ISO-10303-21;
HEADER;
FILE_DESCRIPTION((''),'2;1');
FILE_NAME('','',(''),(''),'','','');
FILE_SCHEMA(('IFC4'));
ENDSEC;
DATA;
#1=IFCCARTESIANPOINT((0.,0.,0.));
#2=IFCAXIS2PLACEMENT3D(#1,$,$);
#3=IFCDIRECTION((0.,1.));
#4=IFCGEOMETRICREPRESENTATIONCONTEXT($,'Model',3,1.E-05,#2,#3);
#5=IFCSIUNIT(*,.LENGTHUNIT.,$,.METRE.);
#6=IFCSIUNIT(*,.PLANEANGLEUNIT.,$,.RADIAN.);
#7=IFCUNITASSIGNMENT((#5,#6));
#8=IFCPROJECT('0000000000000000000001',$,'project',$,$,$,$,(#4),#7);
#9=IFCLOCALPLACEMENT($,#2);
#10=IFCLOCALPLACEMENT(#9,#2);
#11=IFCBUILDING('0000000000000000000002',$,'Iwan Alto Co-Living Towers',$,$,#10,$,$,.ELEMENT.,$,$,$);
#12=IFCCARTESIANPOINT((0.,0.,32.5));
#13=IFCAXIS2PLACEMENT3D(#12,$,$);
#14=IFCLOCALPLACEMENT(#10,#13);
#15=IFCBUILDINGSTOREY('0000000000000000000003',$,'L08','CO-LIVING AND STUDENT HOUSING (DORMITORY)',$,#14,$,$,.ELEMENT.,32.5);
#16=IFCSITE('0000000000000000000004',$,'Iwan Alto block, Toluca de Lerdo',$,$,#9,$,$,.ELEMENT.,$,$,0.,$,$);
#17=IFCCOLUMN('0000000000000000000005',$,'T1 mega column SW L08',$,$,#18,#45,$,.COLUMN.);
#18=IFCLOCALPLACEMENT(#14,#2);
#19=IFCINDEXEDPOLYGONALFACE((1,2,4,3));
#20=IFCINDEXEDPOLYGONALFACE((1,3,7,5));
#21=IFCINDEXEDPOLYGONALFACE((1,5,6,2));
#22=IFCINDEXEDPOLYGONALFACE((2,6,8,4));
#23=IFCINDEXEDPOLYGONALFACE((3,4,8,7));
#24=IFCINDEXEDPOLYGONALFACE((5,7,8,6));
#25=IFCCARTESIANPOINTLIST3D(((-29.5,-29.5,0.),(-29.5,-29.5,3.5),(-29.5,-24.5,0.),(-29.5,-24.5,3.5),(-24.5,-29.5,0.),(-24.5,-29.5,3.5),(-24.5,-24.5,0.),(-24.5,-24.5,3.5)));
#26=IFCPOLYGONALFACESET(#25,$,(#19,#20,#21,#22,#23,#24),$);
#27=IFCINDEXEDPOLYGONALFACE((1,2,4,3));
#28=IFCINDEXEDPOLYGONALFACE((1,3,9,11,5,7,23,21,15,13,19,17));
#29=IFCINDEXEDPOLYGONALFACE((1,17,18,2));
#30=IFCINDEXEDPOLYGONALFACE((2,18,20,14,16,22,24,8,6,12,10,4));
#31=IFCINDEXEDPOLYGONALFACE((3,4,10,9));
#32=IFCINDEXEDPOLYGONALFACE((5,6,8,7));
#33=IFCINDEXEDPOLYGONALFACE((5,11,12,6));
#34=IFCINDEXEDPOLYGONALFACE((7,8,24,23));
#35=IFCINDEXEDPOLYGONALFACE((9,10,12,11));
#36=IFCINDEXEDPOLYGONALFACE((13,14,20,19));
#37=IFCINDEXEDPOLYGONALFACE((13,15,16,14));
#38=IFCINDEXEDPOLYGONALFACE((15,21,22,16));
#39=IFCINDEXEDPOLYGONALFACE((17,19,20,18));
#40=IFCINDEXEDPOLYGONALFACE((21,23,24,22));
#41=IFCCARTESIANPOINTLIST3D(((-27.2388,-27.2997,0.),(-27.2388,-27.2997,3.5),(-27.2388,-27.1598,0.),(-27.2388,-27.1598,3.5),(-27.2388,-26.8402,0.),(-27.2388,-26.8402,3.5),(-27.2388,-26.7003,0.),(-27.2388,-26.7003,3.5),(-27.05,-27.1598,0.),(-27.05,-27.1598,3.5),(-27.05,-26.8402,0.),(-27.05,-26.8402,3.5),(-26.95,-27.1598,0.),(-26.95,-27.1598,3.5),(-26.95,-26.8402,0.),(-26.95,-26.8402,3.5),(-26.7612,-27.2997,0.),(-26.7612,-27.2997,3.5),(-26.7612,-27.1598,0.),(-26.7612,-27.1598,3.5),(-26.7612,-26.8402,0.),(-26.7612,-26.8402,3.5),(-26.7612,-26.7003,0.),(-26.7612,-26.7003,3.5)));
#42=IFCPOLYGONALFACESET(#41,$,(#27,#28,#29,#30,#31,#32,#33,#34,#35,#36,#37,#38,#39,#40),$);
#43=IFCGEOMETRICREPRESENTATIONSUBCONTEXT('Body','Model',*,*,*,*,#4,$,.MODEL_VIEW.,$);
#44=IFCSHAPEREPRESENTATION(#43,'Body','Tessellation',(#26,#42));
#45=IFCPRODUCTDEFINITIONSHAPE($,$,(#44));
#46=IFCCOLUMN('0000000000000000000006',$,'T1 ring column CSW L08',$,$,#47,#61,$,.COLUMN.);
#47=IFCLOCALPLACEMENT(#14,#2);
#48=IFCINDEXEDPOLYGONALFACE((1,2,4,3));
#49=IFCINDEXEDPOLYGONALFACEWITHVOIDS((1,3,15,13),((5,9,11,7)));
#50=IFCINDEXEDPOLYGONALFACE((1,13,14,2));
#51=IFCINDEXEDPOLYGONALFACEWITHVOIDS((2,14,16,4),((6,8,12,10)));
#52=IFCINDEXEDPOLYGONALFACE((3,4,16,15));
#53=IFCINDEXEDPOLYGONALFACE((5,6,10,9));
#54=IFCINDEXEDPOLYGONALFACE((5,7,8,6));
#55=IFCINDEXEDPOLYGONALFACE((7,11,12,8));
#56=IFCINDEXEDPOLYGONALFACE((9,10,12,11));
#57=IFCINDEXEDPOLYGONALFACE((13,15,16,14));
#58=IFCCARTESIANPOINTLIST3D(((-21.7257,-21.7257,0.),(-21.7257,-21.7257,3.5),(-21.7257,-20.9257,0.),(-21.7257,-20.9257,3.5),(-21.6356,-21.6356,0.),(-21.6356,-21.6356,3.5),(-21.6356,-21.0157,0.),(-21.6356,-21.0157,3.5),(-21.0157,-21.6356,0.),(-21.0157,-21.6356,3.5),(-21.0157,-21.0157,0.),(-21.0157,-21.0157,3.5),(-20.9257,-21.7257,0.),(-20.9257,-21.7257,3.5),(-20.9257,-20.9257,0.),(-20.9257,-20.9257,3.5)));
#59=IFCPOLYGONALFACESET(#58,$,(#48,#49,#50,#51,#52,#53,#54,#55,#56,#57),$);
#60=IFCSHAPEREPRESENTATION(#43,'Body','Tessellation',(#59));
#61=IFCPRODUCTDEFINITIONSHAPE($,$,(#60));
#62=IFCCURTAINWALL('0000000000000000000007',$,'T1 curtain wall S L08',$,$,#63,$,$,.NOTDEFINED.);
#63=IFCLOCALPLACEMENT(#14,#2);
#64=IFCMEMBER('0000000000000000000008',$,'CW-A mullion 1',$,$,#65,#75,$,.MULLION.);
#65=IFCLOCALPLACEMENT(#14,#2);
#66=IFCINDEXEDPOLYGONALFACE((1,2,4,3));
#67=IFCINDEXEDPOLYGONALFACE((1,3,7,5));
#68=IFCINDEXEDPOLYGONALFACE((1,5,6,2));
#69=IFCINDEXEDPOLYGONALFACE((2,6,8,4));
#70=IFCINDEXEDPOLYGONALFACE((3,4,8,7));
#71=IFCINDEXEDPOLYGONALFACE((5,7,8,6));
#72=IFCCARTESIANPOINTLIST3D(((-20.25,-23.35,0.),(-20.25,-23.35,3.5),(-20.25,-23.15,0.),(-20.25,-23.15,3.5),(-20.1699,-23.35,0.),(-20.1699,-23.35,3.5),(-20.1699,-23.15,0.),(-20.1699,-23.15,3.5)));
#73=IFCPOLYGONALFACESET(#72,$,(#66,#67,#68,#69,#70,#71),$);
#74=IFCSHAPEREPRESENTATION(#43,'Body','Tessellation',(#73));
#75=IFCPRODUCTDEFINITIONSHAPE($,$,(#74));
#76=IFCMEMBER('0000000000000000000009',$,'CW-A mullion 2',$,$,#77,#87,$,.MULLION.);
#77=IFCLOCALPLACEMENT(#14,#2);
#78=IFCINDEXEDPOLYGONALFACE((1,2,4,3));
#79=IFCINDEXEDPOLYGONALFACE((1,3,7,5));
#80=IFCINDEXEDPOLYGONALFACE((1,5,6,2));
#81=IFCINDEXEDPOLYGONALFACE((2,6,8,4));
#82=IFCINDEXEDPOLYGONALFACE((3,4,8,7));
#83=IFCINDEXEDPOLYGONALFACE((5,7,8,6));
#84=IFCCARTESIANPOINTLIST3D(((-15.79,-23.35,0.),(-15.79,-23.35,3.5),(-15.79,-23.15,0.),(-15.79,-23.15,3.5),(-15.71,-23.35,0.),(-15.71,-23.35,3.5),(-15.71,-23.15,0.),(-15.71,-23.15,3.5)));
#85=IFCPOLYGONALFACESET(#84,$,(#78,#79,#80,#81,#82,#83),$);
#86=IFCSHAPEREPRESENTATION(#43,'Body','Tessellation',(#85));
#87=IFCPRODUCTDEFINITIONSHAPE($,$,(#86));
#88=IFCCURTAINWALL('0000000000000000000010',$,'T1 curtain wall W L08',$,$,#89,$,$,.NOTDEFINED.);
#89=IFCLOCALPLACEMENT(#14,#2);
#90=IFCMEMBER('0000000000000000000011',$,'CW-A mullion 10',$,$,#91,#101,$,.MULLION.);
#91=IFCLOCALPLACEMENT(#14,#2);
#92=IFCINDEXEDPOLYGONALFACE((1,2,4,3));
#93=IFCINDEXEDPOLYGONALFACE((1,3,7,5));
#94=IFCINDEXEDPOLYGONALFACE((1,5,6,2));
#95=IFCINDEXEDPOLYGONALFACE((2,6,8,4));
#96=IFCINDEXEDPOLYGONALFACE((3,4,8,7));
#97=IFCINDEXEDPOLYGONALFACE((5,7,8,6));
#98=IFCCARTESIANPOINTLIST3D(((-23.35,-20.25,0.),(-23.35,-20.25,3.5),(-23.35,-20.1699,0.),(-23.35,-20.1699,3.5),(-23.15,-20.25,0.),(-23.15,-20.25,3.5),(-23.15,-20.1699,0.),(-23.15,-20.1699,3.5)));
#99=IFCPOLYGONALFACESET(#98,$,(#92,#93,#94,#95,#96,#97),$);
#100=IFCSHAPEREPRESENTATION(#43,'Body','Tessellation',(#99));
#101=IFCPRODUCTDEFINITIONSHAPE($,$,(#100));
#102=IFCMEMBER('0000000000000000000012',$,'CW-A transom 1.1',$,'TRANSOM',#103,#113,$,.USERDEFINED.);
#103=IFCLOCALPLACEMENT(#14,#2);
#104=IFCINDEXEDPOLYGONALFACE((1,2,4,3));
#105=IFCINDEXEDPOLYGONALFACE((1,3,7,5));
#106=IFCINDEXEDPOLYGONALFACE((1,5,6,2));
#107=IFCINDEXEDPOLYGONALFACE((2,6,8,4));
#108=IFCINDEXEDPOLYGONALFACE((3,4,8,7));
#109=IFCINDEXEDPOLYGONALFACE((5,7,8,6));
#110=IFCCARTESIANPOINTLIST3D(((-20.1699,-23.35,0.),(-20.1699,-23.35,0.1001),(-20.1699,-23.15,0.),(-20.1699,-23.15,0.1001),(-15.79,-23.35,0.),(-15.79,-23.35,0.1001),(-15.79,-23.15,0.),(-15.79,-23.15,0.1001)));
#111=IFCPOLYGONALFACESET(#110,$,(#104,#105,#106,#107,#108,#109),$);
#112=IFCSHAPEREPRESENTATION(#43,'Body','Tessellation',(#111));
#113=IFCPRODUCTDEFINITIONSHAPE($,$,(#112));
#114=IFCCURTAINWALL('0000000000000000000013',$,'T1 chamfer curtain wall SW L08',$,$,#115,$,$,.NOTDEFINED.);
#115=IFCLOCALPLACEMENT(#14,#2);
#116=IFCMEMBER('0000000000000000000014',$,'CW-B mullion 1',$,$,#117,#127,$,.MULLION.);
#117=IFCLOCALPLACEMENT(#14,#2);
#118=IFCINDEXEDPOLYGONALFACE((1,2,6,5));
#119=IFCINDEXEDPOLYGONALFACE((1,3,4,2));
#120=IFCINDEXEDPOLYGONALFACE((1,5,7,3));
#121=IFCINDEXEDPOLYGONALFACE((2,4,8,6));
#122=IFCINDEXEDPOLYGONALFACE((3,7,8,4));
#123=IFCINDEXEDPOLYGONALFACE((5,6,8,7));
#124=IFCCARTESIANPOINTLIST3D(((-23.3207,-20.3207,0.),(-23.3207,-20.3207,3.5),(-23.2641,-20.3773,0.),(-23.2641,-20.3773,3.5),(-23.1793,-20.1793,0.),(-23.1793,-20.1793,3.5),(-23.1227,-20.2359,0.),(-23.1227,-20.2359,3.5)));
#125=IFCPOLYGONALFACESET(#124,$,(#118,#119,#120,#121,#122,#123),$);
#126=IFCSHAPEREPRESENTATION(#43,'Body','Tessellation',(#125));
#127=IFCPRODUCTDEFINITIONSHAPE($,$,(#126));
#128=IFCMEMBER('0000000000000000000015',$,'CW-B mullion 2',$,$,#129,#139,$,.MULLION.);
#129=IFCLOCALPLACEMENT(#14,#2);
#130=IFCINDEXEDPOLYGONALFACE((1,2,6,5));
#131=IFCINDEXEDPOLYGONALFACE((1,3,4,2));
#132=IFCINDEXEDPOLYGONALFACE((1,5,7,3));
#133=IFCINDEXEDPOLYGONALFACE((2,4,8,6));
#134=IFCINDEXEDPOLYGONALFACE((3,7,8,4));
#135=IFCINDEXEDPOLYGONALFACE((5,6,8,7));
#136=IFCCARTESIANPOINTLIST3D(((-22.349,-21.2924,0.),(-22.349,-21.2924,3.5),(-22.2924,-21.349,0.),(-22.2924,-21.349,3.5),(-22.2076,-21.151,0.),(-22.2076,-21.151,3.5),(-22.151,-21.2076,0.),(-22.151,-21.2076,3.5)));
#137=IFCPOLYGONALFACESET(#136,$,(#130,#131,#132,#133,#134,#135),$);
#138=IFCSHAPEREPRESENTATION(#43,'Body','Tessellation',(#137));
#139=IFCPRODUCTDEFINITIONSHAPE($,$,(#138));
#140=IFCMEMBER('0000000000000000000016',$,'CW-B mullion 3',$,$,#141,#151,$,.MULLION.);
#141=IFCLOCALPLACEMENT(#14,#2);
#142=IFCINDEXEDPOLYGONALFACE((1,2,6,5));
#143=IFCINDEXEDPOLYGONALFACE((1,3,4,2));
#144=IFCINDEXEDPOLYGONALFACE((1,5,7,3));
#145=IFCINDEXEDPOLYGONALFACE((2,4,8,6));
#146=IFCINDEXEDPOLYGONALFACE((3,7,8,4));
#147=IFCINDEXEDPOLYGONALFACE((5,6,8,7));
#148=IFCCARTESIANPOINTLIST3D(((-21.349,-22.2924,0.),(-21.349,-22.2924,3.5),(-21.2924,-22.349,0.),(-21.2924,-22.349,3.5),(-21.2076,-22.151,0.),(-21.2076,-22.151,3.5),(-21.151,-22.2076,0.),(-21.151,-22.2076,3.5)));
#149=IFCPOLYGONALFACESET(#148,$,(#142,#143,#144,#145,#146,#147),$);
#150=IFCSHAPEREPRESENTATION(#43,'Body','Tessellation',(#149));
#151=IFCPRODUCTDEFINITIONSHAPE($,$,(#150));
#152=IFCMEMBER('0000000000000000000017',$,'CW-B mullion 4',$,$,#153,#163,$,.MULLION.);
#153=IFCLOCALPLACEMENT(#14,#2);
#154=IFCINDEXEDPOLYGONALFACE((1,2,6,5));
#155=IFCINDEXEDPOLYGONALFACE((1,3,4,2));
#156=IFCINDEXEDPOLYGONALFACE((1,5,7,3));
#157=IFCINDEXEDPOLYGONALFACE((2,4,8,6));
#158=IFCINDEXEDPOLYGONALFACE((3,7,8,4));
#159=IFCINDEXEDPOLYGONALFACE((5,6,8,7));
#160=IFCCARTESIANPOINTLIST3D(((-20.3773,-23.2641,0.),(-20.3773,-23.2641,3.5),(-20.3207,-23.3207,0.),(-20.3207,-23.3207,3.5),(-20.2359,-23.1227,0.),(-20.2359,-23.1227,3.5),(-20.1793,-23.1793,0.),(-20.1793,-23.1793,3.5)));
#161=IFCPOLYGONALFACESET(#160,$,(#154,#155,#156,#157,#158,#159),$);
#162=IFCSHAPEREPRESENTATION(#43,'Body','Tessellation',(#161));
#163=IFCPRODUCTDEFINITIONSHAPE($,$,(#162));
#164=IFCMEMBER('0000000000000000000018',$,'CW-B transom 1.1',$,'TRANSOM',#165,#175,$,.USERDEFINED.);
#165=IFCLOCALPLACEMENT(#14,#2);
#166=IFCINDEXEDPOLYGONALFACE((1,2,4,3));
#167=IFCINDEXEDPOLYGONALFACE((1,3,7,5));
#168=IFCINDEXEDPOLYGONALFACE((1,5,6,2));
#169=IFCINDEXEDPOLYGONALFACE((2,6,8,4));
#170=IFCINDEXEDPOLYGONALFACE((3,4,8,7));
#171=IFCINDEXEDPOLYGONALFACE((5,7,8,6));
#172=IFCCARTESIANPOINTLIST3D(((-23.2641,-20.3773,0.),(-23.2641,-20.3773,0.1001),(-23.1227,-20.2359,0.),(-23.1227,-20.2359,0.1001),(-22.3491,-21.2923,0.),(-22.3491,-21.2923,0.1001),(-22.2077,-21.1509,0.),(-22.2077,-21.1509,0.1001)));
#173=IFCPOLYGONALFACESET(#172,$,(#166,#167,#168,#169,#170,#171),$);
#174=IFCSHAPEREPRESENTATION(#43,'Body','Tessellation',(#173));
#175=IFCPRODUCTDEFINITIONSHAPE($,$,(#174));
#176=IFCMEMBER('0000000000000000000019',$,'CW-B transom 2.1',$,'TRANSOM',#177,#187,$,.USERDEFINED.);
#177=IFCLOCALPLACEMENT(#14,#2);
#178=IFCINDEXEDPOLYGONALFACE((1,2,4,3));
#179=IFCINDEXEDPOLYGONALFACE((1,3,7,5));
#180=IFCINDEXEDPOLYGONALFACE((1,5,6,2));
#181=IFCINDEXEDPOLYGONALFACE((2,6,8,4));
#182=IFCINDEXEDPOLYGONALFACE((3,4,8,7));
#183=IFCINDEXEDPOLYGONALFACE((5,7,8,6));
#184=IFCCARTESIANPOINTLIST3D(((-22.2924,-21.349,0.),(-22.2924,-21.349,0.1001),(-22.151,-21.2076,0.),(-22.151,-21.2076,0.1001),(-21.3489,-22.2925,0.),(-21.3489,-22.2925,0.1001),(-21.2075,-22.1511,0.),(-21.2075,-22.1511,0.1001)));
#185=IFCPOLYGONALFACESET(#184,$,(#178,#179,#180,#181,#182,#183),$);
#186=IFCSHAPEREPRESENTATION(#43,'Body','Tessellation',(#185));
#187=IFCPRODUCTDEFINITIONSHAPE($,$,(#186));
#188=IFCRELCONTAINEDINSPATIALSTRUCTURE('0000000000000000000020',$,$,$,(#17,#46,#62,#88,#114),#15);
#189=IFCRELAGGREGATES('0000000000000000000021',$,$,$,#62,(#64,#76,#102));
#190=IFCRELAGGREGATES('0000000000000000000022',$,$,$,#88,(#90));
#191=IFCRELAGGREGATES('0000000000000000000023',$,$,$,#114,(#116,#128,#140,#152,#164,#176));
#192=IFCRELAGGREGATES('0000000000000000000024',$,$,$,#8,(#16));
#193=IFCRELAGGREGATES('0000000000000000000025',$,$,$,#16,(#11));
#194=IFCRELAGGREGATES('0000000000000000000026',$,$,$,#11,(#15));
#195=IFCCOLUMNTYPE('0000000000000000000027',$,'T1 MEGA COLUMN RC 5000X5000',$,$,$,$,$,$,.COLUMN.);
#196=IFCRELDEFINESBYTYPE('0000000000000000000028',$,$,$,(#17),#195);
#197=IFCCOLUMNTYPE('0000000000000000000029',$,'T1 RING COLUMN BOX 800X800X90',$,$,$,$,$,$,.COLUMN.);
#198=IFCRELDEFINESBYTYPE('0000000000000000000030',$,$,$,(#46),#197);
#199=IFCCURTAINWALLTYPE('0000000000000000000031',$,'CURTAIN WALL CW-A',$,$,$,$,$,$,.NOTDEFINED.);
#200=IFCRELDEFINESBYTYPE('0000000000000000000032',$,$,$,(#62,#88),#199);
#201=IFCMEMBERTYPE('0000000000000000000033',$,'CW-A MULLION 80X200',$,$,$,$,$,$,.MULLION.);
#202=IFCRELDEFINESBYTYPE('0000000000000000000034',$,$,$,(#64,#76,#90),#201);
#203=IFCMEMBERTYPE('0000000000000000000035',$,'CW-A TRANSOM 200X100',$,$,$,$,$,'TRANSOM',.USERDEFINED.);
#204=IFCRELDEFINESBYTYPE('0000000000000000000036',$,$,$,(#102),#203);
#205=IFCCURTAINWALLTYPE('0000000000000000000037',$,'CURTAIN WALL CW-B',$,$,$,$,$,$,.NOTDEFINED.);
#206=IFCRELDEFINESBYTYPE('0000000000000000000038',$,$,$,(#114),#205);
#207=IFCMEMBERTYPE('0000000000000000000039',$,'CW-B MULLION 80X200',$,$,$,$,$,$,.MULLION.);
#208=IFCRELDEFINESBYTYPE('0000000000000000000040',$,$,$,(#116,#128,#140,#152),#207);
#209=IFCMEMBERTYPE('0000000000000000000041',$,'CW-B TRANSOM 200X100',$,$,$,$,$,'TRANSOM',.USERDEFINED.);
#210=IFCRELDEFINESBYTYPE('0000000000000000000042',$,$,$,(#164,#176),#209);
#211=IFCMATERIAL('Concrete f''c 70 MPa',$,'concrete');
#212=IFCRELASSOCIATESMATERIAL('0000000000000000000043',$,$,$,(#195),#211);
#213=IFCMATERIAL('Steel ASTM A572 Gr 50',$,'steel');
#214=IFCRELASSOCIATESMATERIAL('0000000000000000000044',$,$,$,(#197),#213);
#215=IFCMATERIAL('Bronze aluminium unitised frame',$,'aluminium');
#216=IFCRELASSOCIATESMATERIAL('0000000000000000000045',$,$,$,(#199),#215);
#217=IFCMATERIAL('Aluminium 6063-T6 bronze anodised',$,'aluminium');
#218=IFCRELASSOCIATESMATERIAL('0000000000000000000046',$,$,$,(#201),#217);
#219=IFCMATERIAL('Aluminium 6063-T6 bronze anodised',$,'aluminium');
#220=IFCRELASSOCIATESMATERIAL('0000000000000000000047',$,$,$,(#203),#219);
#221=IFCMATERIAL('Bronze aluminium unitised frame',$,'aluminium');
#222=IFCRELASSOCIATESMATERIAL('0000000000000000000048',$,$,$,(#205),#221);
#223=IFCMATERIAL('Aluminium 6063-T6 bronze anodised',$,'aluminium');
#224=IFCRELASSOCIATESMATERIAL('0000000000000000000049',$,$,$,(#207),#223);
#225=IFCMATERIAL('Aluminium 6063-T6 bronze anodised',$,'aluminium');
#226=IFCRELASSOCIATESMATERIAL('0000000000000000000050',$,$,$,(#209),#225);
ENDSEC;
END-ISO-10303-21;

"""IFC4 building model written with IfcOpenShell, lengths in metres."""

from ifc_helpers import new_model, si_unit, direction, frame, origin, origin_2d, place, context, subcontext, project, spatial, rectangle, hollow_rectangle, i_section, extrude, material, material_profile, profile_set, type_object, element, aggregate, save


model = new_model("IFC4")

# Units and contexts
model_context = context("Model", 3, precision=1e-05, world=origin(), true_north=direction((0.0, 1.0)))
body_context = subcontext(model_context, "Body", "Model", "MODEL_VIEW")
ifc_project = project(units=[si_unit("LENGTHUNIT", "METRE"), si_unit("PLANEANGLEUNIT", "RADIAN")], contexts=[model_context])

# Site, building, storey
site_placement = place(None, origin())
site = spatial("IfcSite", under=ifc_project, at=site_placement, Name="Iwan Alto block, Toluca de Lerdo", CompositionType="ELEMENT", RefElevation=0.0)
building_placement = place(site_placement, origin())
building = spatial("IfcBuilding", under=site, at=building_placement, Name="Iwan Alto Co-Living Towers", CompositionType="ELEMENT")
storey_placement = place(building_placement, frame((0.0, 0.0, 32.5)))
storey = spatial("IfcBuildingStorey", under=building, at=storey_placement, Name="L08", Description="CO-LIVING AND STUDENT HOUSING (DORMITORY)", CompositionType="ELEMENT", Elevation=32.5)

# Columns
ifc_material_1 = material(Name="Concrete f'c 70 MPa", Category="concrete")
ifc_material_profile_1 = material_profile(ifc_material_1, rectangle(XDim=5.0, YDim=5.0, at=origin_2d()), Name="RC 5000X5000")
ifc_profile_set_1 = profile_set([ifc_material_profile_1], Name="Concrete f'c 70 MPa")
column_type_1 = type_object("IfcColumnType", Name="T1 MEGA COLUMN RC 5000X5000", PredefinedType="COLUMN", material=ifc_profile_set_1)
column_1_placement = place(storey_placement, frame((-27.0, -27.0, 0.0), z_axis=(0.0, 0.0, 1.0), x_axis=(1.0, 0.0, 0.0)))
element("IfcColumn", 1, at=column_1_placement, inside=storey, type_object=column_type_1, Name="T1 mega column SW L08", PredefinedType="COLUMN", context=body_context, shape_type="SweptSolid", body=[
    extrude(rectangle(XDim=5.0, YDim=5.0, at=origin_2d()), origin(), (0.0, 0.0, 1.0), 3.5),
    extrude(i_section(OverallWidth=0.4775, OverallDepth=0.5994, WebThickness=0.1001, FlangeThickness=0.1399, at=origin_2d()), origin(), (0.0, 0.0, 1.0), 3.5),
])
ifc_material_2 = material(Name="Steel ASTM A572 Gr 50", Category="steel")
ifc_material_profile_2 = material_profile(ifc_material_2, hollow_rectangle(XDim=0.8, YDim=0.8, WallThickness=0.0901, at=origin_2d()), Name="BOX 800X800X90")
ifc_profile_set_2 = profile_set([ifc_material_profile_2], Name="Steel ASTM A572 Gr 50")
column_type_2 = type_object("IfcColumnType", Name="T1 RING COLUMN BOX 800X800X90", PredefinedType="COLUMN", material=ifc_profile_set_2)
column_2_placement = place(storey_placement, frame((-21.3257, -21.3257, 0.0), z_axis=(0.0, 0.0, 1.0), x_axis=(1.0, 0.0, 0.0)))
element("IfcColumn", 2, at=column_2_placement, inside=storey, type_object=column_type_2, Name="T1 ring column CSW L08", PredefinedType="COLUMN", context=body_context, shape_type="SweptSolid", body=[
    extrude(hollow_rectangle(XDim=0.8, YDim=0.8, WallThickness=0.0901, at=origin_2d()), origin(), (0.0, 0.0, 1.0), 3.5),
])

# Curtain wall, members
ifc_material_3 = material(Name="Bronze aluminium unitised frame", Category="aluminium")
curtain_wall_type_1 = type_object("IfcCurtainWallType", Name="CURTAIN WALL CW-A", PredefinedType="NOTDEFINED", material=ifc_material_3)
curtain_wall_1_placement = place(storey_placement, origin())
curtain_wall_1 = element("IfcCurtainWall", 3, at=curtain_wall_1_placement, inside=storey, type_object=curtain_wall_type_1, Name="T1 curtain wall S L08", PredefinedType="NOTDEFINED")
ifc_material_4 = material(Name="Aluminium 6063-T6 bronze anodised", Category="aluminium")
ifc_material_profile_3 = material_profile(ifc_material_4, rectangle(XDim=0.2, YDim=0.0801, at=origin_2d()), Name="AL 80X200")
ifc_profile_set_3 = profile_set([ifc_material_profile_3], Name="Aluminium 6063-T6 bronze anodised")
member_type_1 = type_object("IfcMemberType", Name="CW-A MULLION 80X200", PredefinedType="MULLION", material=ifc_profile_set_3)
member_1_placement = place(storey_placement, frame((-20.21, -23.25, 0.0), z_axis=(0.0, 0.0, 1.0), x_axis=(0.0, 1.0, 0.0)))
member_1 = element("IfcMember", 4, at=member_1_placement, type_object=member_type_1, Name="CW-A mullion 1", PredefinedType="MULLION", context=body_context, shape_type="SweptSolid", body=[
    extrude(rectangle(XDim=0.2, YDim=0.0801, at=origin_2d()), origin(), (0.0, 0.0, 1.0), 3.5),
])
member_2_placement = place(storey_placement, frame((-15.75, -23.25, 0.0), z_axis=(0.0, 0.0, 1.0), x_axis=(0.0, 1.0, 0.0)))
member_2 = element("IfcMember", 5, at=member_2_placement, type_object=member_type_1, Name="CW-A mullion 2", PredefinedType="MULLION", context=body_context, shape_type="SweptSolid", body=[
    extrude(rectangle(XDim=0.2, YDim=0.0801, at=origin_2d()), origin(), (0.0, 0.0, 1.0), 3.5),
])

# Curtain wall, member
curtain_wall_2_placement = place(storey_placement, origin())
curtain_wall_2 = element("IfcCurtainWall", 6, at=curtain_wall_2_placement, inside=storey, type_object=curtain_wall_type_1, Name="T1 curtain wall W L08", PredefinedType="NOTDEFINED")
member_3_placement = place(storey_placement, frame((-23.25, -20.21, 0.0), z_axis=(0.0, 0.0, 1.0), x_axis=(1.0, 0.0, 0.0)))
member_3 = element("IfcMember", 7, at=member_3_placement, type_object=member_type_1, Name="CW-A mullion 10", PredefinedType="MULLION", context=body_context, shape_type="SweptSolid", body=[
    extrude(rectangle(XDim=0.2, YDim=0.0801, at=origin_2d()), origin(), (0.0, 0.0, 1.0), 3.5),
])

# Member
ifc_material_5 = material(Name="Aluminium 6063-T6 bronze anodised", Category="aluminium")
ifc_material_profile_4 = material_profile(ifc_material_5, rectangle(XDim=0.2, YDim=0.1001, at=origin_2d()), Name="AL 200X100")
ifc_profile_set_4 = profile_set([ifc_material_profile_4], Name="Aluminium 6063-T6 bronze anodised")
member_type_2 = type_object("IfcMemberType", Name="CW-A TRANSOM 200X100", ElementType="TRANSOM", PredefinedType="USERDEFINED", material=ifc_profile_set_4)
member_4_placement = place(storey_placement, frame((-20.1699, -23.25, 0.05), z_axis=(1.0, 0.0, 0.0), x_axis=(0.0, 1.0, 0.0)))
member_4 = element("IfcMember", 8, at=member_4_placement, type_object=member_type_2, Name="CW-A transom 1.1", ObjectType="TRANSOM", PredefinedType="USERDEFINED", context=body_context, shape_type="SweptSolid", body=[
    extrude(rectangle(XDim=0.2, YDim=0.1001, at=origin_2d()), origin(), (0.0, 0.0, 1.0), 4.3799),
])

# Curtain wall, members
ifc_material_6 = material(Name="Bronze aluminium unitised frame", Category="aluminium")
curtain_wall_type_2 = type_object("IfcCurtainWallType", Name="CURTAIN WALL CW-B", PredefinedType="NOTDEFINED", material=ifc_material_6)
curtain_wall_3_placement = place(storey_placement, origin())
curtain_wall_3 = element("IfcCurtainWall", 9, at=curtain_wall_3_placement, inside=storey, type_object=curtain_wall_type_2, Name="T1 chamfer curtain wall SW L08", PredefinedType="NOTDEFINED")
ifc_material_7 = material(Name="Aluminium 6063-T6 bronze anodised", Category="aluminium")
ifc_material_profile_5 = material_profile(ifc_material_7, rectangle(XDim=0.2, YDim=0.0801, at=origin_2d()), Name="AL 80X200")
ifc_profile_set_5 = profile_set([ifc_material_profile_5], Name="Aluminium 6063-T6 bronze anodised")
member_type_3 = type_object("IfcMemberType", Name="CW-B MULLION 80X200", PredefinedType="MULLION", material=ifc_profile_set_5)
member_5_placement = place(storey_placement, frame((-23.2217, -20.2783, 0.0), z_axis=(0.0, 0.0, 1.0), x_axis=(0.707107, 0.707107, 0.0)))
member_5 = element("IfcMember", 10, at=member_5_placement, type_object=member_type_3, Name="CW-B mullion 1", PredefinedType="MULLION", context=body_context, shape_type="SweptSolid", body=[
    extrude(rectangle(XDim=0.2, YDim=0.0801, at=origin_2d()), origin(), (0.0, 0.0, 1.0), 3.5),
])
member_6_placement = place(storey_placement, frame((-22.25, -21.25, 0.0), z_axis=(0.0, 0.0, 1.0), x_axis=(0.707107, 0.707107, 0.0)))
member_6 = element("IfcMember", 11, at=member_6_placement, type_object=member_type_3, Name="CW-B mullion 2", PredefinedType="MULLION", context=body_context, shape_type="SweptSolid", body=[
    extrude(rectangle(XDim=0.2, YDim=0.0801, at=origin_2d()), origin(), (0.0, 0.0, 1.0), 3.5),
])
member_7_placement = place(storey_placement, frame((-21.25, -22.25, 0.0), z_axis=(0.0, 0.0, 1.0), x_axis=(0.707107, 0.707107, 0.0)))
member_7 = element("IfcMember", 12, at=member_7_placement, type_object=member_type_3, Name="CW-B mullion 3", PredefinedType="MULLION", context=body_context, shape_type="SweptSolid", body=[
    extrude(rectangle(XDim=0.2, YDim=0.0801, at=origin_2d()), origin(), (0.0, 0.0, 1.0), 3.5),
])
member_8_placement = place(storey_placement, frame((-20.2783, -23.2217, 0.0), z_axis=(0.0, 0.0, 1.0), x_axis=(0.707107, 0.707107, 0.0)))
member_8 = element("IfcMember", 13, at=member_8_placement, type_object=member_type_3, Name="CW-B mullion 4", PredefinedType="MULLION", context=body_context, shape_type="SweptSolid", body=[
    extrude(rectangle(XDim=0.2, YDim=0.0801, at=origin_2d()), origin(), (0.0, 0.0, 1.0), 3.5),
])
ifc_material_8 = material(Name="Aluminium 6063-T6 bronze anodised", Category="aluminium")
ifc_material_profile_6 = material_profile(ifc_material_8, rectangle(XDim=0.2, YDim=0.1001, at=origin_2d()), Name="AL 200X100")
ifc_profile_set_6 = profile_set([ifc_material_profile_6], Name="Aluminium 6063-T6 bronze anodised")
member_type_4 = type_object("IfcMemberType", Name="CW-B TRANSOM 200X100", ElementType="TRANSOM", PredefinedType="USERDEFINED", material=ifc_profile_set_6)
member_9_placement = place(storey_placement, frame((-23.1934, -20.3066, 0.05), z_axis=(0.707107, -0.707107, 0.0), x_axis=(0.707107, 0.707107, 0.0)))
member_9 = element("IfcMember", 14, at=member_9_placement, type_object=member_type_4, Name="CW-B transom 1.1", ObjectType="TRANSOM", PredefinedType="USERDEFINED", context=body_context, shape_type="SweptSolid", body=[
    extrude(rectangle(XDim=0.2, YDim=0.1001, at=origin_2d()), origin(), (0.0, 0.0, 1.0), 1.2939),
])
member_10_placement = place(storey_placement, frame((-22.2217, -21.2783, 0.05), z_axis=(0.707107, -0.707107, 0.0), x_axis=(0.707107, 0.707107, 0.0)))
member_10 = element("IfcMember", 15, at=member_10_placement, type_object=member_type_4, Name="CW-B transom 2.1", ObjectType="TRANSOM", PredefinedType="USERDEFINED", context=body_context, shape_type="SweptSolid", body=[
    extrude(rectangle(XDim=0.2, YDim=0.1001, at=origin_2d()), origin(), (0.0, 0.0, 1.0), 1.3342),
])

aggregate(curtain_wall_1, [member_1, member_2, member_4])
aggregate(curtain_wall_2, [member_3])
aggregate(curtain_wall_3, [member_5, member_6, member_7, member_8, member_9, member_10])

save(model, "model.ifc")
